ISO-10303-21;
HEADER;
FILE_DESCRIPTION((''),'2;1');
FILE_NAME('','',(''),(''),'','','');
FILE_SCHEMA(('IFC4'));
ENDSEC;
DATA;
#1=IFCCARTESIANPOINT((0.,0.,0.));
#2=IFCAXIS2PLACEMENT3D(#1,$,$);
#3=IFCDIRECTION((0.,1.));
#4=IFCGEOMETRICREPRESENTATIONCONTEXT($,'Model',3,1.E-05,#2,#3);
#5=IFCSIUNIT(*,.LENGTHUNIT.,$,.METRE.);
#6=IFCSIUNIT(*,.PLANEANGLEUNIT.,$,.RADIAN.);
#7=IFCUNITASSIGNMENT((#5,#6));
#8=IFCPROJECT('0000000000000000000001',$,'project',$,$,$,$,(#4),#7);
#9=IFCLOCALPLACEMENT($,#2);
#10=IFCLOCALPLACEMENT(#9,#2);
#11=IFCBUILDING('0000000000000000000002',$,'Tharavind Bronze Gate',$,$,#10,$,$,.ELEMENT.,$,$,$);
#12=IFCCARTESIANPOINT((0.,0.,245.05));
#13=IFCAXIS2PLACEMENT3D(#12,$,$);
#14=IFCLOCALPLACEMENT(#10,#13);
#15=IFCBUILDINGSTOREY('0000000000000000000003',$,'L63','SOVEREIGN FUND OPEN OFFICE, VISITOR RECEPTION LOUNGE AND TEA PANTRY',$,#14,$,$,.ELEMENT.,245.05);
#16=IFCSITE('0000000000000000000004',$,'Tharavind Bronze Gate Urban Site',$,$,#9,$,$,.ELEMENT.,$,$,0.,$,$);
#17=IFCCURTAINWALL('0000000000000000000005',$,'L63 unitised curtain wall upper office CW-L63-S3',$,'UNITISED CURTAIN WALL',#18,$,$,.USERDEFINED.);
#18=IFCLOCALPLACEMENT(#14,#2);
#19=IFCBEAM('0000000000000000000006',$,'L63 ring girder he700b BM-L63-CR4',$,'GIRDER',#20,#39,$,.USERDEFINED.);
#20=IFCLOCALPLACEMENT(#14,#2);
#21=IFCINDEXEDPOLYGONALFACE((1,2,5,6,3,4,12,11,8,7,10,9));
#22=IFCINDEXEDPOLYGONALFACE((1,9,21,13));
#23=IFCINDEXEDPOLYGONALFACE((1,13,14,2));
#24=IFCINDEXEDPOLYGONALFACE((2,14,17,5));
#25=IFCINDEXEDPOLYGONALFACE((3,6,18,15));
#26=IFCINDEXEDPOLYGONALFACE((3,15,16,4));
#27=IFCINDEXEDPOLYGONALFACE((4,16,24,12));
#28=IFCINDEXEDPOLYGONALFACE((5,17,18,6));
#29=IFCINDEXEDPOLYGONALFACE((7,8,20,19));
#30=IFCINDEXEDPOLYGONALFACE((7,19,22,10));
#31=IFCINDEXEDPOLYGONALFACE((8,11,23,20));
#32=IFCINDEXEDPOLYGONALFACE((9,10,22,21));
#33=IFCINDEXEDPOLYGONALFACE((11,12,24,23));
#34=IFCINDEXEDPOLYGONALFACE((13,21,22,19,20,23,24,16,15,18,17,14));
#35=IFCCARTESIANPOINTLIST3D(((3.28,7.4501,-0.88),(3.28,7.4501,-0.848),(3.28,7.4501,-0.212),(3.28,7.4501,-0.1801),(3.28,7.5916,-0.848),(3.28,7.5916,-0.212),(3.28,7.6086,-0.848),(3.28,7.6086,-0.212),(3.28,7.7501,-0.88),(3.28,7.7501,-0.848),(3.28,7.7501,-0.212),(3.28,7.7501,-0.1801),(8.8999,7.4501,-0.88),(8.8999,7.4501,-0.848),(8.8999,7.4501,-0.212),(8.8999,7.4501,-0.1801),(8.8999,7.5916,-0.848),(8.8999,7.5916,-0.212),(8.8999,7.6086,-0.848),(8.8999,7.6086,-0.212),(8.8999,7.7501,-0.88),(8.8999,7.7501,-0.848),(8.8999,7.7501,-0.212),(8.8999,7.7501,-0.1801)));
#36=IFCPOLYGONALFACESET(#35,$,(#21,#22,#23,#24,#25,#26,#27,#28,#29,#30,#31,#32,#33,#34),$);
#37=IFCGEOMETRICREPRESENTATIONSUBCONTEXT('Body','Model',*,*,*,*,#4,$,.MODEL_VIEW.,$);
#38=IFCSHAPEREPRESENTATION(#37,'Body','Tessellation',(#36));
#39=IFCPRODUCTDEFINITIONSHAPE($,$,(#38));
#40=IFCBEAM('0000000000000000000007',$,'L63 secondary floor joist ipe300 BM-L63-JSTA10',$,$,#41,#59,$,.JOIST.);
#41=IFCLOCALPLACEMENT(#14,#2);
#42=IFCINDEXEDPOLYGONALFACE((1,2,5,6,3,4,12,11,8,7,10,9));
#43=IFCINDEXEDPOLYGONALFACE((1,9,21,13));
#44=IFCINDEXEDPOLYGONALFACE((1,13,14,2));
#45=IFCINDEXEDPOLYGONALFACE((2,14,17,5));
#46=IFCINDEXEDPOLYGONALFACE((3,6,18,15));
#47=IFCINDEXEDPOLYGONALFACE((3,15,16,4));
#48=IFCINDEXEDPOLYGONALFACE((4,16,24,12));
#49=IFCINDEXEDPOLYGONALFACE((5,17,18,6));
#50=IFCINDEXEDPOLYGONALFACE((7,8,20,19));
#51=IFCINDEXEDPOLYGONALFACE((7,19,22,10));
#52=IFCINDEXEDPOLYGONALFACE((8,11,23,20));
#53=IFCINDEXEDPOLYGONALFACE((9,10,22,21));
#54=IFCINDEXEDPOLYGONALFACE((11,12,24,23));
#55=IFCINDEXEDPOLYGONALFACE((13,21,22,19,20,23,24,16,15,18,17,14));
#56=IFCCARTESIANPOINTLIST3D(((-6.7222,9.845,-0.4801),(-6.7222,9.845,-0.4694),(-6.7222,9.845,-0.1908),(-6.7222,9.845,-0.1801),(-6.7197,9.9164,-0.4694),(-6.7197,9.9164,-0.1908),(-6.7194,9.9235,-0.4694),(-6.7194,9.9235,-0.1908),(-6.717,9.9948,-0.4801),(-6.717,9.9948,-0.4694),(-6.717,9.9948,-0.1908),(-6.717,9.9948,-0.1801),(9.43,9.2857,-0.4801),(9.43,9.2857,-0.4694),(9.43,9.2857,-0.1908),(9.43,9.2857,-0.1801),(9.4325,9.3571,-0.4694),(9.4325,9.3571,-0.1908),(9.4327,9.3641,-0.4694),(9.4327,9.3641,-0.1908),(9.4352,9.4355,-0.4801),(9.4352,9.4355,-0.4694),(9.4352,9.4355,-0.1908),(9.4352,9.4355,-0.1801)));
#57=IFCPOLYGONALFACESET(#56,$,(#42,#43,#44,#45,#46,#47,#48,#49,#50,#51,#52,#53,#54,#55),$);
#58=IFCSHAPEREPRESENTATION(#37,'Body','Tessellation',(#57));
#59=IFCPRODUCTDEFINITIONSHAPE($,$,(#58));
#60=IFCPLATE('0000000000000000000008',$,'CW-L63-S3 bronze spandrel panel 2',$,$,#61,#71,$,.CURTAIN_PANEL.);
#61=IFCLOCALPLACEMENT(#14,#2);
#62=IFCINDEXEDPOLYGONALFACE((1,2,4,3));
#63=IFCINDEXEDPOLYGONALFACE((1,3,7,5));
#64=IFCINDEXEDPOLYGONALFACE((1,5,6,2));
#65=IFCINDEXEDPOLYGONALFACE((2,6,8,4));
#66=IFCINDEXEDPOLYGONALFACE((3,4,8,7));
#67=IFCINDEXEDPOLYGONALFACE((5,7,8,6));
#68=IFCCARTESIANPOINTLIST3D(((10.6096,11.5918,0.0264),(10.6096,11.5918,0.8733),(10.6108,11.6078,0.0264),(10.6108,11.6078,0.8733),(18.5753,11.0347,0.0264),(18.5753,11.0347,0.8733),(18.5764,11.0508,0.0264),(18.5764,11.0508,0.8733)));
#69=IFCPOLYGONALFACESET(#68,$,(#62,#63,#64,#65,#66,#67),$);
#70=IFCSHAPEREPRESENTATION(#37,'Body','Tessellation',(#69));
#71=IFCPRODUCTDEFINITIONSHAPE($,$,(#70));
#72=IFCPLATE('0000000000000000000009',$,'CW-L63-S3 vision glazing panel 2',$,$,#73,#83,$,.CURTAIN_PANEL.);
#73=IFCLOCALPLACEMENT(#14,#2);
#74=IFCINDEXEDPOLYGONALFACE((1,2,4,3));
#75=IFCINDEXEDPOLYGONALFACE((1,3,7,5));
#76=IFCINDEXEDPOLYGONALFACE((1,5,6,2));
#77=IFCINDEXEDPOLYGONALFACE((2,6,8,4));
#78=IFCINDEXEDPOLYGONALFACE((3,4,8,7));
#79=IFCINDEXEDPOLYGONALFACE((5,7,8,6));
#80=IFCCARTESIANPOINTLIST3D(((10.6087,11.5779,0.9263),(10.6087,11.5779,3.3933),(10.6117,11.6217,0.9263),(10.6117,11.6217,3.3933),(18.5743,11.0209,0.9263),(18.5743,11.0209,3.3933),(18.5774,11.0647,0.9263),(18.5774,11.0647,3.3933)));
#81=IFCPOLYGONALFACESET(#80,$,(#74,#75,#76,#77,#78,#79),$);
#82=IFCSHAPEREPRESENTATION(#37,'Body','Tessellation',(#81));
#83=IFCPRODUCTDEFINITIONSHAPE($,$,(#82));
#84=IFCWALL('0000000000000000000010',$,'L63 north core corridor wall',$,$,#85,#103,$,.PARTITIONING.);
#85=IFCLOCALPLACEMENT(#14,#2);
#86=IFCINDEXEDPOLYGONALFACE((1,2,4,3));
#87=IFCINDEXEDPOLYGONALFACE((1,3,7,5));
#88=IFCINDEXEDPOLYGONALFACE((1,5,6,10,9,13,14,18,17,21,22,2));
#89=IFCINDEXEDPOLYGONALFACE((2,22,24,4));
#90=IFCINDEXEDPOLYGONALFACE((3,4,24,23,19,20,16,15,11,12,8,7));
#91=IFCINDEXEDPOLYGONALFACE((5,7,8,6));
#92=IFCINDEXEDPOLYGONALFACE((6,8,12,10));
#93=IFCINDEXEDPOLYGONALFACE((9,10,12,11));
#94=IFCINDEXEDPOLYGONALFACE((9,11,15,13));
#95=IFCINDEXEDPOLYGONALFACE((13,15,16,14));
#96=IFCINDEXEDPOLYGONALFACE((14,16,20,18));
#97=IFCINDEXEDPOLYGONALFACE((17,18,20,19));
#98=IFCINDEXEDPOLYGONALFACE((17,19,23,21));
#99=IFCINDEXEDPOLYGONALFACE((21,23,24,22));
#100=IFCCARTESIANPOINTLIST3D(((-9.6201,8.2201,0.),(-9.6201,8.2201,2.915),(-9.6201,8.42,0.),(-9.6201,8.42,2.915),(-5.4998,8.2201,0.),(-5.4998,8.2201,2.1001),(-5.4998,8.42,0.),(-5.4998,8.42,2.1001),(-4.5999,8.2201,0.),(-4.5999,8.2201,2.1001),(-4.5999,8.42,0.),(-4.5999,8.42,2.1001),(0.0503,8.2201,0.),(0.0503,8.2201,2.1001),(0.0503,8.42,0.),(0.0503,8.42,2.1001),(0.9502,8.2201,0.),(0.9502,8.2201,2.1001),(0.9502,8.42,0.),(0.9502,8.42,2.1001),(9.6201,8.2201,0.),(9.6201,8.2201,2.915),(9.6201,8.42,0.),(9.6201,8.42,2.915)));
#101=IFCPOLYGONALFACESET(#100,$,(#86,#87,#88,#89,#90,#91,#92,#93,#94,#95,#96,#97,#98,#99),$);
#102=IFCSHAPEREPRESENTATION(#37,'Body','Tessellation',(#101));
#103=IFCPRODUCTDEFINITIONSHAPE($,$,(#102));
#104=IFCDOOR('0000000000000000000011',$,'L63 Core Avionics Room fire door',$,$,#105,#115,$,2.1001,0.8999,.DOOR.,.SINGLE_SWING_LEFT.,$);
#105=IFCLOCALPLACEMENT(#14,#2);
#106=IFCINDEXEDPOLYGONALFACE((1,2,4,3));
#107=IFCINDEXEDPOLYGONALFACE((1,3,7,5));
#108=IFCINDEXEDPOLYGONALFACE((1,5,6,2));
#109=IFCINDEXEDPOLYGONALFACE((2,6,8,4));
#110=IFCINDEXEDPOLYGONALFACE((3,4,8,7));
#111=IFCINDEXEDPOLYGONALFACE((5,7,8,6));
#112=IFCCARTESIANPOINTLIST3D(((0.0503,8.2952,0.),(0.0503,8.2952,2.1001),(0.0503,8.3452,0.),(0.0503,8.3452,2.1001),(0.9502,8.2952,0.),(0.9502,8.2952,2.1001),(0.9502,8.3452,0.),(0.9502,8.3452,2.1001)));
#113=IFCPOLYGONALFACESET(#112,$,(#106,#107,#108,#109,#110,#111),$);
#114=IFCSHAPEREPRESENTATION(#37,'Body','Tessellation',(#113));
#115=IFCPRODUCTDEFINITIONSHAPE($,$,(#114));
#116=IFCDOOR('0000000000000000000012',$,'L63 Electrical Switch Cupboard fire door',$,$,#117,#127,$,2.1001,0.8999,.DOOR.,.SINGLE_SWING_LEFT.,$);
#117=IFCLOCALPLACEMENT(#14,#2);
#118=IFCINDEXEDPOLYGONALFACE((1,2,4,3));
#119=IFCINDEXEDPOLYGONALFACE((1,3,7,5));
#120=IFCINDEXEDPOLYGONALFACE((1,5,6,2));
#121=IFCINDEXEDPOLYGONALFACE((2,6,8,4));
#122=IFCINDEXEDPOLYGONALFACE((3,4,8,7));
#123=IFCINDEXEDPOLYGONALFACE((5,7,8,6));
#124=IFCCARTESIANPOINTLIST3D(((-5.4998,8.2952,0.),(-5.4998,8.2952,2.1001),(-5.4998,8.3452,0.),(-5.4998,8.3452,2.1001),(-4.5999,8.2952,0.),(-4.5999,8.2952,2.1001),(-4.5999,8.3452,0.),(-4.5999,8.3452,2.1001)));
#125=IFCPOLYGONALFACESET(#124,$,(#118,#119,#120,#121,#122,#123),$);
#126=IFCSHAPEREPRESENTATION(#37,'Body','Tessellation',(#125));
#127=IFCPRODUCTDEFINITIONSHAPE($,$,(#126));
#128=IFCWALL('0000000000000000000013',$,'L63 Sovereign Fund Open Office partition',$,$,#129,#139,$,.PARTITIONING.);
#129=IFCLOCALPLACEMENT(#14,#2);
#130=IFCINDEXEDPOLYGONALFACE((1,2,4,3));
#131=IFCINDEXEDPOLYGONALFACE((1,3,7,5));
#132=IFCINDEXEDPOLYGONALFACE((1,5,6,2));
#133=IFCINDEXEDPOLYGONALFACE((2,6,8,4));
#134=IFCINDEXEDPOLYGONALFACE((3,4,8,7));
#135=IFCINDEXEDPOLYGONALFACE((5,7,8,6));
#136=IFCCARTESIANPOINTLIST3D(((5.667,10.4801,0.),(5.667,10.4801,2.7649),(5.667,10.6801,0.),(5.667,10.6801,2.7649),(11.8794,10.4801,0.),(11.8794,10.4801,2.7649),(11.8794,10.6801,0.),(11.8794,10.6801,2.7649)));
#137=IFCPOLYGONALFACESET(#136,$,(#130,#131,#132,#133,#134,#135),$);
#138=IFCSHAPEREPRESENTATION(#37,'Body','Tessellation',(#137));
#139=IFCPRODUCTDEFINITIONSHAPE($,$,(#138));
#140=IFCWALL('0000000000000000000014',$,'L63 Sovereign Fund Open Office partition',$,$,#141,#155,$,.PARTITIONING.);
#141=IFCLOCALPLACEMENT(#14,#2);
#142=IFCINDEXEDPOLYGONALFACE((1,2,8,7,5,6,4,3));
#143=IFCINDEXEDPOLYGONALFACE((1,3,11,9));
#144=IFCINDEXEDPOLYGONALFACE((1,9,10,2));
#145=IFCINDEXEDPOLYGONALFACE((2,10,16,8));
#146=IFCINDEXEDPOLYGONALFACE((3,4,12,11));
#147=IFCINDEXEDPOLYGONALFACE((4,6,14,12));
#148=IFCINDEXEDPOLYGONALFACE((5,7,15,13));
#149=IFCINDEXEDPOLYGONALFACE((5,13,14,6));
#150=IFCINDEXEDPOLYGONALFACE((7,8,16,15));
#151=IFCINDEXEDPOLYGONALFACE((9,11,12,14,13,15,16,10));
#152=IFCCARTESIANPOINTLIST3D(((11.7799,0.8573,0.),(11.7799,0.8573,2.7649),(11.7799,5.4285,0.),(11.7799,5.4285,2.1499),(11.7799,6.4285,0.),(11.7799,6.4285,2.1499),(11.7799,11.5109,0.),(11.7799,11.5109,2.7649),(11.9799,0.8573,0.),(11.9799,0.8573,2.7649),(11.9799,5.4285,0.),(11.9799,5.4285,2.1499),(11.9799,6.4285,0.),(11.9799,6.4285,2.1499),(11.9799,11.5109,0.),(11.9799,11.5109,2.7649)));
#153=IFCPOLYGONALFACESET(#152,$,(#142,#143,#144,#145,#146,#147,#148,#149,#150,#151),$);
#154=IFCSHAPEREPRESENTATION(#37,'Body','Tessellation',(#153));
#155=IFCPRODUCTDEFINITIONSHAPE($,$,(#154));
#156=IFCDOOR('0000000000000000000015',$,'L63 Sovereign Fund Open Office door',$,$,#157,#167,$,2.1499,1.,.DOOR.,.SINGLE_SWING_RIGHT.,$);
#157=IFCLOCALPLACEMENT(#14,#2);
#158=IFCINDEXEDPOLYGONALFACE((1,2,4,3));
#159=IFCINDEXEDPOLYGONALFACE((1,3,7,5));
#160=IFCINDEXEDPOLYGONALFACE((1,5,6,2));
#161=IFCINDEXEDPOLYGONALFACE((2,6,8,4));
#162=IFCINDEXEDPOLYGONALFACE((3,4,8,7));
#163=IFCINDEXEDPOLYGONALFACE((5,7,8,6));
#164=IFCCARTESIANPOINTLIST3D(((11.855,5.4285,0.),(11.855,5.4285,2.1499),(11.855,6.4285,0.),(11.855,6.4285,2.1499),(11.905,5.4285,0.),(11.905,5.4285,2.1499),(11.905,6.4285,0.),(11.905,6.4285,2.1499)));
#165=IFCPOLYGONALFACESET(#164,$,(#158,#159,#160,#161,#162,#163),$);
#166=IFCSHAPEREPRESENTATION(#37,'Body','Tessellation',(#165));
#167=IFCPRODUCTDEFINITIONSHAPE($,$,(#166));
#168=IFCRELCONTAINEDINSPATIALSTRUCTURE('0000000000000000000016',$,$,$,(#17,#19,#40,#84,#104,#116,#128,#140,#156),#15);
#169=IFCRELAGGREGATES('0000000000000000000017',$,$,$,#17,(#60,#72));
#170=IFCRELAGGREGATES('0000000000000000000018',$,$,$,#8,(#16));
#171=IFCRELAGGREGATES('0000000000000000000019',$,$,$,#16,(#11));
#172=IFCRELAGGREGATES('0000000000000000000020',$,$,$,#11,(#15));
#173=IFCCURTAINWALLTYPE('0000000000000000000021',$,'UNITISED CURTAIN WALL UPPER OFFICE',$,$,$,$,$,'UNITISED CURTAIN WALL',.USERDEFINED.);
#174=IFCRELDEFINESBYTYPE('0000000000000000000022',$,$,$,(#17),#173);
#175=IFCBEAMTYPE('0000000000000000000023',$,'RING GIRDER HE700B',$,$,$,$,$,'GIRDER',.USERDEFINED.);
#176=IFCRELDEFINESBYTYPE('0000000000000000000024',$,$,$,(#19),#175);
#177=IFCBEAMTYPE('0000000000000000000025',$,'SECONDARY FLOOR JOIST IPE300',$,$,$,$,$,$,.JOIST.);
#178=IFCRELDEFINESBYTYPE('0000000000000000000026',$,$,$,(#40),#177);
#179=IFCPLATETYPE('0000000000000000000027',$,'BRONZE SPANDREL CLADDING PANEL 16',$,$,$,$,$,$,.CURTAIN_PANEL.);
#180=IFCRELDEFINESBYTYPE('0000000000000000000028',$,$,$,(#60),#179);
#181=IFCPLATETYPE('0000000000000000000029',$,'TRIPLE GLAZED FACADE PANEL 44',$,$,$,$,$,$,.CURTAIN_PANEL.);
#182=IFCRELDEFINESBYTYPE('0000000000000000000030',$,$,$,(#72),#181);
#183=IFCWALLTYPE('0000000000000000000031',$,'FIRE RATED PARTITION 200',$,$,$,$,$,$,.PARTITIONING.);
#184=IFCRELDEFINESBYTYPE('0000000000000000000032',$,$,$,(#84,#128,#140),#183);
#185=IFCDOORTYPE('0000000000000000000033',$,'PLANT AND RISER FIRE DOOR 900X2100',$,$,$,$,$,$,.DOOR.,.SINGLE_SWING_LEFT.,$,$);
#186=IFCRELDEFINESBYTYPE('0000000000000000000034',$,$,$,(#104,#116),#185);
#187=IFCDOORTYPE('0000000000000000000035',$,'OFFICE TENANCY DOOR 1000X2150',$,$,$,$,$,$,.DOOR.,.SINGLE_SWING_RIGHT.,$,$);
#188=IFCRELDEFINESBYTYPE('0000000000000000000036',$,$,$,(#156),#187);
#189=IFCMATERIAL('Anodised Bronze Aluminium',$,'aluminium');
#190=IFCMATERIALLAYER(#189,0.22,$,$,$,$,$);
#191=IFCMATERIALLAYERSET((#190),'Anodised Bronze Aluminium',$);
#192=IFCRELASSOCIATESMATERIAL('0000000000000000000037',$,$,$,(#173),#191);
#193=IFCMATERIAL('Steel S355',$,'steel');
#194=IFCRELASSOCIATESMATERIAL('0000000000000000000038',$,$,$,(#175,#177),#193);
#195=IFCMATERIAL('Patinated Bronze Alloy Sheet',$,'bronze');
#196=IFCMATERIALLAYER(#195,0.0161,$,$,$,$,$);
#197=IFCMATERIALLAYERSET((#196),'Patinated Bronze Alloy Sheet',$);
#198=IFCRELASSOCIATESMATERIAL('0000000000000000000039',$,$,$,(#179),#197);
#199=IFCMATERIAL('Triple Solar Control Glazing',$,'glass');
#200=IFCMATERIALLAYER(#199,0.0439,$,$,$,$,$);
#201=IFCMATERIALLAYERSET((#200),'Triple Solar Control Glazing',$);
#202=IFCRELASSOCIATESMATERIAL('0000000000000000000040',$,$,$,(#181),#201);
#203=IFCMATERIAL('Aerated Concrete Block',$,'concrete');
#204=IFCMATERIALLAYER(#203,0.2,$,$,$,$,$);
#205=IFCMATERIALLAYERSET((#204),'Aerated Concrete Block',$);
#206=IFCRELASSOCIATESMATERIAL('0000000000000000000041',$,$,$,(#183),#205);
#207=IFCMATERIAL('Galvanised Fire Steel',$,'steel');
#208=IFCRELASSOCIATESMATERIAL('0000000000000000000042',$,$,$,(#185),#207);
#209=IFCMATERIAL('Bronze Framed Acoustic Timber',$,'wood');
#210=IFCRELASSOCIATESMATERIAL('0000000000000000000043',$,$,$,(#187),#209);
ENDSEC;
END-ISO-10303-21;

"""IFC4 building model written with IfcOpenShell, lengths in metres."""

from ifc_helpers import new_model, si_unit, direction, frame, frame_2d, origin, origin_2d, place, context, subcontext, project, spatial, rectangle, i_section, extrude, material, layer, layer_set, material_profile, profile_set, type_object, element, fill, aggregate, save


model = new_model("IFC4")

# Units and contexts
model_context = context("Model", 3, precision=1e-05, world=origin(), true_north=direction((0.0, 1.0)))
body_context = subcontext(model_context, "Body", "Model", "MODEL_VIEW")
ifc_project = project(units=[si_unit("LENGTHUNIT", "METRE"), si_unit("PLANEANGLEUNIT", "RADIAN")], contexts=[model_context])

# Site, building, storey
site_placement = place(None, origin())
site = spatial("IfcSite", under=ifc_project, at=site_placement, Name="Tharavind Bronze Gate Urban Site", CompositionType="ELEMENT", RefElevation=0.0)
building_placement = place(site_placement, origin())
building = spatial("IfcBuilding", under=site, at=building_placement, Name="Tharavind Bronze Gate", CompositionType="ELEMENT")
storey_placement = place(building_placement, frame((0.0, 0.0, 245.05)))
storey = spatial("IfcBuildingStorey", under=building, at=storey_placement, Name="L63", Description="SOVEREIGN FUND OPEN OFFICE, VISITOR RECEPTION LOUNGE AND TEA PANTRY", CompositionType="ELEMENT", Elevation=245.05)

# Curtain wall
ifc_material_1 = material(Name="Anodised Bronze Aluminium", Category="aluminium")
ifc_layer_1 = layer(ifc_material_1, 0.22)
ifc_layer_set_1 = layer_set([ifc_layer_1], Name="Anodised Bronze Aluminium")
curtain_wall_type = type_object("IfcCurtainWallType", Name="UNITISED CURTAIN WALL UPPER OFFICE", ElementType="UNITISED CURTAIN WALL", PredefinedType="USERDEFINED", material=ifc_layer_set_1)
curtain_wall_placement = place(storey_placement, origin())
curtain_wall = element("IfcCurtainWall", 1, at=curtain_wall_placement, inside=storey, type_object=curtain_wall_type, Name="L63 unitised curtain wall upper office CW-L63-S3", ObjectType="UNITISED CURTAIN WALL", PredefinedType="USERDEFINED")

# Beams
ifc_material_2 = material(Name="Steel S355", Category="steel")
ifc_material_profile_1 = material_profile(ifc_material_2, i_section(OverallWidth=0.3, OverallDepth=0.7, WebThickness=0.0171, FlangeThickness=0.032, at=origin_2d()), Name="HE700B")
ifc_profile_set_1 = profile_set([ifc_material_profile_1], Name="Steel S355")
beam_type_1 = type_object("IfcBeamType", Name="RING GIRDER HE700B", ElementType="GIRDER", PredefinedType="USERDEFINED", material=ifc_profile_set_1)
beam_1_placement = place(storey_placement, frame((8.8999, 7.6001, -0.53), z_axis=(-1.0, 0.0, 0.0), x_axis=(0.0, -1.0, 0.0)))
element("IfcBeam", 2, at=beam_1_placement, inside=storey, type_object=beam_type_1, Name="L63 ring girder he700b BM-L63-CR4", ObjectType="GIRDER", PredefinedType="USERDEFINED", context=body_context, shape_type="SweptSolid", body=[
    extrude(i_section(OverallWidth=0.3, OverallDepth=0.7, WebThickness=0.0171, FlangeThickness=0.032, at=origin_2d()), origin(), (0.0, 0.0, 1.0), 5.6199),
])
ifc_material_profile_2 = material_profile(ifc_material_2, i_section(OverallWidth=0.1499, OverallDepth=0.3, WebThickness=0.0071, FlangeThickness=0.0107, at=origin_2d()), Name="IPE300")
ifc_profile_set_2 = profile_set([ifc_material_profile_2], Name="Steel S355")
beam_type_2 = type_object("IfcBeamType", Name="SECONDARY FLOOR JOIST IPE300", PredefinedType="JOIST", material=ifc_profile_set_2)
beam_2_placement = place(storey_placement, frame((9.4326, 9.3606, -0.3301), z_axis=(-0.999401, 0.034608, 0.0), x_axis=(-0.034608, -0.999401, 0.0)))
element("IfcBeam", 3, at=beam_2_placement, inside=storey, type_object=beam_type_2, Name="L63 secondary floor joist ipe300 BM-L63-JSTA10", PredefinedType="JOIST", context=body_context, shape_type="SweptSolid", body=[
    extrude(i_section(OverallWidth=0.1499, OverallDepth=0.3, WebThickness=0.0071, FlangeThickness=0.0107, at=origin_2d()), origin(), (0.0, 0.0, 1.0), 16.1619),
])

# Plates
ifc_material_3 = material(Name="Patinated Bronze Alloy Sheet", Category="bronze")
ifc_layer_2 = layer(ifc_material_3, 0.0161)
ifc_layer_set_2 = layer_set([ifc_layer_2], Name="Patinated Bronze Alloy Sheet")
plate_type_1 = type_object("IfcPlateType", Name="BRONZE SPANDREL CLADDING PANEL 16", PredefinedType="CURTAIN_PANEL", material=ifc_layer_set_2)
plate_1_placement = place(storey_placement, frame((14.593, 11.3213, 0.0264), z_axis=(0.0, 0.0, 1.0), x_axis=(-0.997564, 0.069758, 0.0)))
plate_1 = element("IfcPlate", 4, at=plate_1_placement, type_object=plate_type_1, Name="CW-L63-S3 bronze spandrel panel 2", PredefinedType="CURTAIN_PANEL", context=body_context, shape_type="SweptSolid", body=[
    extrude(rectangle(XDim=7.9851, YDim=0.0161, at=origin_2d()), origin(), (0.0, 0.0, 1.0), 0.8469),
])
ifc_material_4 = material(Name="Triple Solar Control Glazing", Category="glass")
ifc_layer_3 = layer(ifc_material_4, 0.0439)
ifc_layer_set_3 = layer_set([ifc_layer_3], Name="Triple Solar Control Glazing")
plate_type_2 = type_object("IfcPlateType", Name="TRIPLE GLAZED FACADE PANEL 44", PredefinedType="CURTAIN_PANEL", material=ifc_layer_set_3)
plate_2_placement = place(storey_placement, frame((14.593, 11.3213, 0.9263), z_axis=(0.0, 0.0, 1.0), x_axis=(-0.997564, 0.069758, 0.0)))
plate_2 = element("IfcPlate", 5, at=plate_2_placement, type_object=plate_type_2, Name="CW-L63-S3 vision glazing panel 2", PredefinedType="CURTAIN_PANEL", context=body_context, shape_type="SweptSolid", body=[
    extrude(rectangle(XDim=7.9851, YDim=0.0439, at=origin_2d()), origin(), (0.0, 0.0, 1.0), 2.467),
])
aggregate(curtain_wall, [plate_1, plate_2])

# Wall, openings, doors
ifc_material_5 = material(Name="Aerated Concrete Block", Category="concrete")
ifc_layer_4 = layer(ifc_material_5, 0.2)
ifc_layer_set_4 = layer_set([ifc_layer_4], Name="Aerated Concrete Block")
wall_type = type_object("IfcWallType", Name="FIRE RATED PARTITION 200", PredefinedType="PARTITIONING", material=ifc_layer_set_4)
wall_1_placement = place(storey_placement, frame((9.6201, 8.3201, 0.0), z_axis=(0.0, 0.0, 1.0), x_axis=(-1.0, 0.0, 0.0)))
wall_1 = element("IfcWall", 6, at=wall_1_placement, inside=storey, type_object=wall_type, Name="L63 north core corridor wall", PredefinedType="PARTITIONING", context=body_context, shape_type="SweptSolid", body=[
    extrude(rectangle(XDim=19.2402, YDim=0.2, at=frame_2d((9.6201, 0.0))), origin(), (0.0, 0.0, 1.0), 2.915),
])
opening_1_placement = place(wall_1_placement, frame((8.6699, 0.0, 0.0)))
opening_1 = element("IfcOpeningElement", 7, at=opening_1_placement, cuts=wall_1, PredefinedType="OPENING", context=body_context, shape_type="SweptSolid", body=[
    extrude(rectangle(XDim=0.8999, YDim=2.1001, at=frame_2d((0.45, 1.05))), frame((0.0, 0.1101, 0.0), z_axis=(0.0, -1.0, 0.0), x_axis=(1.0, 0.0, 0.0)), (0.0, 0.0, 1.0), 0.22),
])
opening_2_placement = place(wall_1_placement, frame((14.22, 0.0, 0.0)))
opening_2 = element("IfcOpeningElement", 8, at=opening_2_placement, cuts=wall_1, PredefinedType="OPENING", context=body_context, shape_type="SweptSolid", body=[
    extrude(rectangle(XDim=0.8999, YDim=2.1001, at=frame_2d((0.45, 1.05))), frame((0.0, 0.1101, 0.0), z_axis=(0.0, -1.0, 0.0), x_axis=(1.0, 0.0, 0.0)), (0.0, 0.0, 1.0), 0.22),
])
ifc_material_6 = material(Name="Galvanised Fire Steel", Category="steel")
door_type_1 = type_object("IfcDoorType", Name="PLANT AND RISER FIRE DOOR 900X2100", OperationType="SINGLE_SWING_LEFT", PredefinedType="DOOR", material=ifc_material_6)
door_1_placement = place(opening_1_placement, origin())
door_1 = element("IfcDoor", 9, at=door_1_placement, inside=storey, type_object=door_type_1, Name="L63 Core Avionics Room fire door", OperationType="SINGLE_SWING_LEFT", OverallHeight=2.1001, OverallWidth=0.8999, PredefinedType="DOOR", context=body_context, shape_type="SweptSolid", body=[
    extrude(rectangle(XDim=0.8999, YDim=2.1001, at=frame_2d((0.45, 1.05))), frame((0.0, 0.0249, 0.0), z_axis=(0.0, -1.0, 0.0), x_axis=(1.0, 0.0, 0.0)), (0.0, 0.0, 1.0), 0.05),
])
fill(opening_1, door_1)
door_2_placement = place(opening_2_placement, origin())
door_2 = element("IfcDoor", 10, at=door_2_placement, inside=storey, type_object=door_type_1, Name="L63 Electrical Switch Cupboard fire door", OperationType="SINGLE_SWING_LEFT", OverallHeight=2.1001, OverallWidth=0.8999, PredefinedType="DOOR", context=body_context, shape_type="SweptSolid", body=[
    extrude(rectangle(XDim=0.8999, YDim=2.1001, at=frame_2d((0.45, 1.05))), frame((0.0, 0.0249, 0.0), z_axis=(0.0, -1.0, 0.0), x_axis=(1.0, 0.0, 0.0)), (0.0, 0.0, 1.0), 0.05),
])
fill(opening_2, door_2)

# Wall
wall_2_placement = place(storey_placement, frame((11.8794, 10.5801, 0.0), z_axis=(0.0, 0.0, 1.0), x_axis=(-1.0, 0.0, 0.0)))
element("IfcWall", 11, at=wall_2_placement, inside=storey, type_object=wall_type, Name="L63 Sovereign Fund Open Office partition", PredefinedType="PARTITIONING", context=body_context, shape_type="SweptSolid", body=[
    extrude(rectangle(XDim=6.2124, YDim=0.2, at=frame_2d((3.1062, 0.0))), origin(), (0.0, 0.0, 1.0), 2.7649),
])

# Wall, opening, door
wall_3_placement = place(storey_placement, frame((11.8799, 0.8574, 0.0), z_axis=(0.0, 0.0, 1.0), x_axis=(0.0, 1.0, 0.0)))
wall_3 = element("IfcWall", 12, at=wall_3_placement, inside=storey, type_object=wall_type, Name="L63 Sovereign Fund Open Office partition", PredefinedType="PARTITIONING", context=body_context, shape_type="SweptSolid", body=[
    extrude(rectangle(XDim=10.6536, YDim=0.2, at=frame_2d((5.3267, 0.0))), origin(), (0.0, 0.0, 1.0), 2.7649),
])
opening_3_placement = place(wall_3_placement, frame((4.571, 0.0, 0.0)))
opening_3 = element("IfcOpeningElement", 13, at=opening_3_placement, cuts=wall_3, PredefinedType="OPENING", context=body_context, shape_type="SweptSolid", body=[
    extrude(rectangle(XDim=1.0, YDim=2.1499, at=frame_2d((0.5, 1.075))), frame((0.0, 0.1101, 0.0), z_axis=(0.0, -1.0, 0.0), x_axis=(1.0, 0.0, 0.0)), (0.0, 0.0, 1.0), 0.22),
])
ifc_material_7 = material(Name="Bronze Framed Acoustic Timber", Category="wood")
door_type_2 = type_object("IfcDoorType", Name="OFFICE TENANCY DOOR 1000X2150", OperationType="SINGLE_SWING_RIGHT", PredefinedType="DOOR", material=ifc_material_7)
door_3_placement = place(opening_3_placement, origin())
door_3 = element("IfcDoor", 14, at=door_3_placement, inside=storey, type_object=door_type_2, Name="L63 Sovereign Fund Open Office door", OperationType="SINGLE_SWING_RIGHT", OverallHeight=2.1499, OverallWidth=1.0, PredefinedType="DOOR", context=body_context, shape_type="SweptSolid", body=[
    extrude(rectangle(XDim=1.0, YDim=2.1499, at=frame_2d((0.5, 1.075))), frame((0.0, 0.0249, 0.0), z_axis=(0.0, -1.0, 0.0), x_axis=(1.0, 0.0, 0.0)), (0.0, 0.0, 1.0), 0.05),
])
fill(opening_3, door_3)

save(model, "model.ifc")
